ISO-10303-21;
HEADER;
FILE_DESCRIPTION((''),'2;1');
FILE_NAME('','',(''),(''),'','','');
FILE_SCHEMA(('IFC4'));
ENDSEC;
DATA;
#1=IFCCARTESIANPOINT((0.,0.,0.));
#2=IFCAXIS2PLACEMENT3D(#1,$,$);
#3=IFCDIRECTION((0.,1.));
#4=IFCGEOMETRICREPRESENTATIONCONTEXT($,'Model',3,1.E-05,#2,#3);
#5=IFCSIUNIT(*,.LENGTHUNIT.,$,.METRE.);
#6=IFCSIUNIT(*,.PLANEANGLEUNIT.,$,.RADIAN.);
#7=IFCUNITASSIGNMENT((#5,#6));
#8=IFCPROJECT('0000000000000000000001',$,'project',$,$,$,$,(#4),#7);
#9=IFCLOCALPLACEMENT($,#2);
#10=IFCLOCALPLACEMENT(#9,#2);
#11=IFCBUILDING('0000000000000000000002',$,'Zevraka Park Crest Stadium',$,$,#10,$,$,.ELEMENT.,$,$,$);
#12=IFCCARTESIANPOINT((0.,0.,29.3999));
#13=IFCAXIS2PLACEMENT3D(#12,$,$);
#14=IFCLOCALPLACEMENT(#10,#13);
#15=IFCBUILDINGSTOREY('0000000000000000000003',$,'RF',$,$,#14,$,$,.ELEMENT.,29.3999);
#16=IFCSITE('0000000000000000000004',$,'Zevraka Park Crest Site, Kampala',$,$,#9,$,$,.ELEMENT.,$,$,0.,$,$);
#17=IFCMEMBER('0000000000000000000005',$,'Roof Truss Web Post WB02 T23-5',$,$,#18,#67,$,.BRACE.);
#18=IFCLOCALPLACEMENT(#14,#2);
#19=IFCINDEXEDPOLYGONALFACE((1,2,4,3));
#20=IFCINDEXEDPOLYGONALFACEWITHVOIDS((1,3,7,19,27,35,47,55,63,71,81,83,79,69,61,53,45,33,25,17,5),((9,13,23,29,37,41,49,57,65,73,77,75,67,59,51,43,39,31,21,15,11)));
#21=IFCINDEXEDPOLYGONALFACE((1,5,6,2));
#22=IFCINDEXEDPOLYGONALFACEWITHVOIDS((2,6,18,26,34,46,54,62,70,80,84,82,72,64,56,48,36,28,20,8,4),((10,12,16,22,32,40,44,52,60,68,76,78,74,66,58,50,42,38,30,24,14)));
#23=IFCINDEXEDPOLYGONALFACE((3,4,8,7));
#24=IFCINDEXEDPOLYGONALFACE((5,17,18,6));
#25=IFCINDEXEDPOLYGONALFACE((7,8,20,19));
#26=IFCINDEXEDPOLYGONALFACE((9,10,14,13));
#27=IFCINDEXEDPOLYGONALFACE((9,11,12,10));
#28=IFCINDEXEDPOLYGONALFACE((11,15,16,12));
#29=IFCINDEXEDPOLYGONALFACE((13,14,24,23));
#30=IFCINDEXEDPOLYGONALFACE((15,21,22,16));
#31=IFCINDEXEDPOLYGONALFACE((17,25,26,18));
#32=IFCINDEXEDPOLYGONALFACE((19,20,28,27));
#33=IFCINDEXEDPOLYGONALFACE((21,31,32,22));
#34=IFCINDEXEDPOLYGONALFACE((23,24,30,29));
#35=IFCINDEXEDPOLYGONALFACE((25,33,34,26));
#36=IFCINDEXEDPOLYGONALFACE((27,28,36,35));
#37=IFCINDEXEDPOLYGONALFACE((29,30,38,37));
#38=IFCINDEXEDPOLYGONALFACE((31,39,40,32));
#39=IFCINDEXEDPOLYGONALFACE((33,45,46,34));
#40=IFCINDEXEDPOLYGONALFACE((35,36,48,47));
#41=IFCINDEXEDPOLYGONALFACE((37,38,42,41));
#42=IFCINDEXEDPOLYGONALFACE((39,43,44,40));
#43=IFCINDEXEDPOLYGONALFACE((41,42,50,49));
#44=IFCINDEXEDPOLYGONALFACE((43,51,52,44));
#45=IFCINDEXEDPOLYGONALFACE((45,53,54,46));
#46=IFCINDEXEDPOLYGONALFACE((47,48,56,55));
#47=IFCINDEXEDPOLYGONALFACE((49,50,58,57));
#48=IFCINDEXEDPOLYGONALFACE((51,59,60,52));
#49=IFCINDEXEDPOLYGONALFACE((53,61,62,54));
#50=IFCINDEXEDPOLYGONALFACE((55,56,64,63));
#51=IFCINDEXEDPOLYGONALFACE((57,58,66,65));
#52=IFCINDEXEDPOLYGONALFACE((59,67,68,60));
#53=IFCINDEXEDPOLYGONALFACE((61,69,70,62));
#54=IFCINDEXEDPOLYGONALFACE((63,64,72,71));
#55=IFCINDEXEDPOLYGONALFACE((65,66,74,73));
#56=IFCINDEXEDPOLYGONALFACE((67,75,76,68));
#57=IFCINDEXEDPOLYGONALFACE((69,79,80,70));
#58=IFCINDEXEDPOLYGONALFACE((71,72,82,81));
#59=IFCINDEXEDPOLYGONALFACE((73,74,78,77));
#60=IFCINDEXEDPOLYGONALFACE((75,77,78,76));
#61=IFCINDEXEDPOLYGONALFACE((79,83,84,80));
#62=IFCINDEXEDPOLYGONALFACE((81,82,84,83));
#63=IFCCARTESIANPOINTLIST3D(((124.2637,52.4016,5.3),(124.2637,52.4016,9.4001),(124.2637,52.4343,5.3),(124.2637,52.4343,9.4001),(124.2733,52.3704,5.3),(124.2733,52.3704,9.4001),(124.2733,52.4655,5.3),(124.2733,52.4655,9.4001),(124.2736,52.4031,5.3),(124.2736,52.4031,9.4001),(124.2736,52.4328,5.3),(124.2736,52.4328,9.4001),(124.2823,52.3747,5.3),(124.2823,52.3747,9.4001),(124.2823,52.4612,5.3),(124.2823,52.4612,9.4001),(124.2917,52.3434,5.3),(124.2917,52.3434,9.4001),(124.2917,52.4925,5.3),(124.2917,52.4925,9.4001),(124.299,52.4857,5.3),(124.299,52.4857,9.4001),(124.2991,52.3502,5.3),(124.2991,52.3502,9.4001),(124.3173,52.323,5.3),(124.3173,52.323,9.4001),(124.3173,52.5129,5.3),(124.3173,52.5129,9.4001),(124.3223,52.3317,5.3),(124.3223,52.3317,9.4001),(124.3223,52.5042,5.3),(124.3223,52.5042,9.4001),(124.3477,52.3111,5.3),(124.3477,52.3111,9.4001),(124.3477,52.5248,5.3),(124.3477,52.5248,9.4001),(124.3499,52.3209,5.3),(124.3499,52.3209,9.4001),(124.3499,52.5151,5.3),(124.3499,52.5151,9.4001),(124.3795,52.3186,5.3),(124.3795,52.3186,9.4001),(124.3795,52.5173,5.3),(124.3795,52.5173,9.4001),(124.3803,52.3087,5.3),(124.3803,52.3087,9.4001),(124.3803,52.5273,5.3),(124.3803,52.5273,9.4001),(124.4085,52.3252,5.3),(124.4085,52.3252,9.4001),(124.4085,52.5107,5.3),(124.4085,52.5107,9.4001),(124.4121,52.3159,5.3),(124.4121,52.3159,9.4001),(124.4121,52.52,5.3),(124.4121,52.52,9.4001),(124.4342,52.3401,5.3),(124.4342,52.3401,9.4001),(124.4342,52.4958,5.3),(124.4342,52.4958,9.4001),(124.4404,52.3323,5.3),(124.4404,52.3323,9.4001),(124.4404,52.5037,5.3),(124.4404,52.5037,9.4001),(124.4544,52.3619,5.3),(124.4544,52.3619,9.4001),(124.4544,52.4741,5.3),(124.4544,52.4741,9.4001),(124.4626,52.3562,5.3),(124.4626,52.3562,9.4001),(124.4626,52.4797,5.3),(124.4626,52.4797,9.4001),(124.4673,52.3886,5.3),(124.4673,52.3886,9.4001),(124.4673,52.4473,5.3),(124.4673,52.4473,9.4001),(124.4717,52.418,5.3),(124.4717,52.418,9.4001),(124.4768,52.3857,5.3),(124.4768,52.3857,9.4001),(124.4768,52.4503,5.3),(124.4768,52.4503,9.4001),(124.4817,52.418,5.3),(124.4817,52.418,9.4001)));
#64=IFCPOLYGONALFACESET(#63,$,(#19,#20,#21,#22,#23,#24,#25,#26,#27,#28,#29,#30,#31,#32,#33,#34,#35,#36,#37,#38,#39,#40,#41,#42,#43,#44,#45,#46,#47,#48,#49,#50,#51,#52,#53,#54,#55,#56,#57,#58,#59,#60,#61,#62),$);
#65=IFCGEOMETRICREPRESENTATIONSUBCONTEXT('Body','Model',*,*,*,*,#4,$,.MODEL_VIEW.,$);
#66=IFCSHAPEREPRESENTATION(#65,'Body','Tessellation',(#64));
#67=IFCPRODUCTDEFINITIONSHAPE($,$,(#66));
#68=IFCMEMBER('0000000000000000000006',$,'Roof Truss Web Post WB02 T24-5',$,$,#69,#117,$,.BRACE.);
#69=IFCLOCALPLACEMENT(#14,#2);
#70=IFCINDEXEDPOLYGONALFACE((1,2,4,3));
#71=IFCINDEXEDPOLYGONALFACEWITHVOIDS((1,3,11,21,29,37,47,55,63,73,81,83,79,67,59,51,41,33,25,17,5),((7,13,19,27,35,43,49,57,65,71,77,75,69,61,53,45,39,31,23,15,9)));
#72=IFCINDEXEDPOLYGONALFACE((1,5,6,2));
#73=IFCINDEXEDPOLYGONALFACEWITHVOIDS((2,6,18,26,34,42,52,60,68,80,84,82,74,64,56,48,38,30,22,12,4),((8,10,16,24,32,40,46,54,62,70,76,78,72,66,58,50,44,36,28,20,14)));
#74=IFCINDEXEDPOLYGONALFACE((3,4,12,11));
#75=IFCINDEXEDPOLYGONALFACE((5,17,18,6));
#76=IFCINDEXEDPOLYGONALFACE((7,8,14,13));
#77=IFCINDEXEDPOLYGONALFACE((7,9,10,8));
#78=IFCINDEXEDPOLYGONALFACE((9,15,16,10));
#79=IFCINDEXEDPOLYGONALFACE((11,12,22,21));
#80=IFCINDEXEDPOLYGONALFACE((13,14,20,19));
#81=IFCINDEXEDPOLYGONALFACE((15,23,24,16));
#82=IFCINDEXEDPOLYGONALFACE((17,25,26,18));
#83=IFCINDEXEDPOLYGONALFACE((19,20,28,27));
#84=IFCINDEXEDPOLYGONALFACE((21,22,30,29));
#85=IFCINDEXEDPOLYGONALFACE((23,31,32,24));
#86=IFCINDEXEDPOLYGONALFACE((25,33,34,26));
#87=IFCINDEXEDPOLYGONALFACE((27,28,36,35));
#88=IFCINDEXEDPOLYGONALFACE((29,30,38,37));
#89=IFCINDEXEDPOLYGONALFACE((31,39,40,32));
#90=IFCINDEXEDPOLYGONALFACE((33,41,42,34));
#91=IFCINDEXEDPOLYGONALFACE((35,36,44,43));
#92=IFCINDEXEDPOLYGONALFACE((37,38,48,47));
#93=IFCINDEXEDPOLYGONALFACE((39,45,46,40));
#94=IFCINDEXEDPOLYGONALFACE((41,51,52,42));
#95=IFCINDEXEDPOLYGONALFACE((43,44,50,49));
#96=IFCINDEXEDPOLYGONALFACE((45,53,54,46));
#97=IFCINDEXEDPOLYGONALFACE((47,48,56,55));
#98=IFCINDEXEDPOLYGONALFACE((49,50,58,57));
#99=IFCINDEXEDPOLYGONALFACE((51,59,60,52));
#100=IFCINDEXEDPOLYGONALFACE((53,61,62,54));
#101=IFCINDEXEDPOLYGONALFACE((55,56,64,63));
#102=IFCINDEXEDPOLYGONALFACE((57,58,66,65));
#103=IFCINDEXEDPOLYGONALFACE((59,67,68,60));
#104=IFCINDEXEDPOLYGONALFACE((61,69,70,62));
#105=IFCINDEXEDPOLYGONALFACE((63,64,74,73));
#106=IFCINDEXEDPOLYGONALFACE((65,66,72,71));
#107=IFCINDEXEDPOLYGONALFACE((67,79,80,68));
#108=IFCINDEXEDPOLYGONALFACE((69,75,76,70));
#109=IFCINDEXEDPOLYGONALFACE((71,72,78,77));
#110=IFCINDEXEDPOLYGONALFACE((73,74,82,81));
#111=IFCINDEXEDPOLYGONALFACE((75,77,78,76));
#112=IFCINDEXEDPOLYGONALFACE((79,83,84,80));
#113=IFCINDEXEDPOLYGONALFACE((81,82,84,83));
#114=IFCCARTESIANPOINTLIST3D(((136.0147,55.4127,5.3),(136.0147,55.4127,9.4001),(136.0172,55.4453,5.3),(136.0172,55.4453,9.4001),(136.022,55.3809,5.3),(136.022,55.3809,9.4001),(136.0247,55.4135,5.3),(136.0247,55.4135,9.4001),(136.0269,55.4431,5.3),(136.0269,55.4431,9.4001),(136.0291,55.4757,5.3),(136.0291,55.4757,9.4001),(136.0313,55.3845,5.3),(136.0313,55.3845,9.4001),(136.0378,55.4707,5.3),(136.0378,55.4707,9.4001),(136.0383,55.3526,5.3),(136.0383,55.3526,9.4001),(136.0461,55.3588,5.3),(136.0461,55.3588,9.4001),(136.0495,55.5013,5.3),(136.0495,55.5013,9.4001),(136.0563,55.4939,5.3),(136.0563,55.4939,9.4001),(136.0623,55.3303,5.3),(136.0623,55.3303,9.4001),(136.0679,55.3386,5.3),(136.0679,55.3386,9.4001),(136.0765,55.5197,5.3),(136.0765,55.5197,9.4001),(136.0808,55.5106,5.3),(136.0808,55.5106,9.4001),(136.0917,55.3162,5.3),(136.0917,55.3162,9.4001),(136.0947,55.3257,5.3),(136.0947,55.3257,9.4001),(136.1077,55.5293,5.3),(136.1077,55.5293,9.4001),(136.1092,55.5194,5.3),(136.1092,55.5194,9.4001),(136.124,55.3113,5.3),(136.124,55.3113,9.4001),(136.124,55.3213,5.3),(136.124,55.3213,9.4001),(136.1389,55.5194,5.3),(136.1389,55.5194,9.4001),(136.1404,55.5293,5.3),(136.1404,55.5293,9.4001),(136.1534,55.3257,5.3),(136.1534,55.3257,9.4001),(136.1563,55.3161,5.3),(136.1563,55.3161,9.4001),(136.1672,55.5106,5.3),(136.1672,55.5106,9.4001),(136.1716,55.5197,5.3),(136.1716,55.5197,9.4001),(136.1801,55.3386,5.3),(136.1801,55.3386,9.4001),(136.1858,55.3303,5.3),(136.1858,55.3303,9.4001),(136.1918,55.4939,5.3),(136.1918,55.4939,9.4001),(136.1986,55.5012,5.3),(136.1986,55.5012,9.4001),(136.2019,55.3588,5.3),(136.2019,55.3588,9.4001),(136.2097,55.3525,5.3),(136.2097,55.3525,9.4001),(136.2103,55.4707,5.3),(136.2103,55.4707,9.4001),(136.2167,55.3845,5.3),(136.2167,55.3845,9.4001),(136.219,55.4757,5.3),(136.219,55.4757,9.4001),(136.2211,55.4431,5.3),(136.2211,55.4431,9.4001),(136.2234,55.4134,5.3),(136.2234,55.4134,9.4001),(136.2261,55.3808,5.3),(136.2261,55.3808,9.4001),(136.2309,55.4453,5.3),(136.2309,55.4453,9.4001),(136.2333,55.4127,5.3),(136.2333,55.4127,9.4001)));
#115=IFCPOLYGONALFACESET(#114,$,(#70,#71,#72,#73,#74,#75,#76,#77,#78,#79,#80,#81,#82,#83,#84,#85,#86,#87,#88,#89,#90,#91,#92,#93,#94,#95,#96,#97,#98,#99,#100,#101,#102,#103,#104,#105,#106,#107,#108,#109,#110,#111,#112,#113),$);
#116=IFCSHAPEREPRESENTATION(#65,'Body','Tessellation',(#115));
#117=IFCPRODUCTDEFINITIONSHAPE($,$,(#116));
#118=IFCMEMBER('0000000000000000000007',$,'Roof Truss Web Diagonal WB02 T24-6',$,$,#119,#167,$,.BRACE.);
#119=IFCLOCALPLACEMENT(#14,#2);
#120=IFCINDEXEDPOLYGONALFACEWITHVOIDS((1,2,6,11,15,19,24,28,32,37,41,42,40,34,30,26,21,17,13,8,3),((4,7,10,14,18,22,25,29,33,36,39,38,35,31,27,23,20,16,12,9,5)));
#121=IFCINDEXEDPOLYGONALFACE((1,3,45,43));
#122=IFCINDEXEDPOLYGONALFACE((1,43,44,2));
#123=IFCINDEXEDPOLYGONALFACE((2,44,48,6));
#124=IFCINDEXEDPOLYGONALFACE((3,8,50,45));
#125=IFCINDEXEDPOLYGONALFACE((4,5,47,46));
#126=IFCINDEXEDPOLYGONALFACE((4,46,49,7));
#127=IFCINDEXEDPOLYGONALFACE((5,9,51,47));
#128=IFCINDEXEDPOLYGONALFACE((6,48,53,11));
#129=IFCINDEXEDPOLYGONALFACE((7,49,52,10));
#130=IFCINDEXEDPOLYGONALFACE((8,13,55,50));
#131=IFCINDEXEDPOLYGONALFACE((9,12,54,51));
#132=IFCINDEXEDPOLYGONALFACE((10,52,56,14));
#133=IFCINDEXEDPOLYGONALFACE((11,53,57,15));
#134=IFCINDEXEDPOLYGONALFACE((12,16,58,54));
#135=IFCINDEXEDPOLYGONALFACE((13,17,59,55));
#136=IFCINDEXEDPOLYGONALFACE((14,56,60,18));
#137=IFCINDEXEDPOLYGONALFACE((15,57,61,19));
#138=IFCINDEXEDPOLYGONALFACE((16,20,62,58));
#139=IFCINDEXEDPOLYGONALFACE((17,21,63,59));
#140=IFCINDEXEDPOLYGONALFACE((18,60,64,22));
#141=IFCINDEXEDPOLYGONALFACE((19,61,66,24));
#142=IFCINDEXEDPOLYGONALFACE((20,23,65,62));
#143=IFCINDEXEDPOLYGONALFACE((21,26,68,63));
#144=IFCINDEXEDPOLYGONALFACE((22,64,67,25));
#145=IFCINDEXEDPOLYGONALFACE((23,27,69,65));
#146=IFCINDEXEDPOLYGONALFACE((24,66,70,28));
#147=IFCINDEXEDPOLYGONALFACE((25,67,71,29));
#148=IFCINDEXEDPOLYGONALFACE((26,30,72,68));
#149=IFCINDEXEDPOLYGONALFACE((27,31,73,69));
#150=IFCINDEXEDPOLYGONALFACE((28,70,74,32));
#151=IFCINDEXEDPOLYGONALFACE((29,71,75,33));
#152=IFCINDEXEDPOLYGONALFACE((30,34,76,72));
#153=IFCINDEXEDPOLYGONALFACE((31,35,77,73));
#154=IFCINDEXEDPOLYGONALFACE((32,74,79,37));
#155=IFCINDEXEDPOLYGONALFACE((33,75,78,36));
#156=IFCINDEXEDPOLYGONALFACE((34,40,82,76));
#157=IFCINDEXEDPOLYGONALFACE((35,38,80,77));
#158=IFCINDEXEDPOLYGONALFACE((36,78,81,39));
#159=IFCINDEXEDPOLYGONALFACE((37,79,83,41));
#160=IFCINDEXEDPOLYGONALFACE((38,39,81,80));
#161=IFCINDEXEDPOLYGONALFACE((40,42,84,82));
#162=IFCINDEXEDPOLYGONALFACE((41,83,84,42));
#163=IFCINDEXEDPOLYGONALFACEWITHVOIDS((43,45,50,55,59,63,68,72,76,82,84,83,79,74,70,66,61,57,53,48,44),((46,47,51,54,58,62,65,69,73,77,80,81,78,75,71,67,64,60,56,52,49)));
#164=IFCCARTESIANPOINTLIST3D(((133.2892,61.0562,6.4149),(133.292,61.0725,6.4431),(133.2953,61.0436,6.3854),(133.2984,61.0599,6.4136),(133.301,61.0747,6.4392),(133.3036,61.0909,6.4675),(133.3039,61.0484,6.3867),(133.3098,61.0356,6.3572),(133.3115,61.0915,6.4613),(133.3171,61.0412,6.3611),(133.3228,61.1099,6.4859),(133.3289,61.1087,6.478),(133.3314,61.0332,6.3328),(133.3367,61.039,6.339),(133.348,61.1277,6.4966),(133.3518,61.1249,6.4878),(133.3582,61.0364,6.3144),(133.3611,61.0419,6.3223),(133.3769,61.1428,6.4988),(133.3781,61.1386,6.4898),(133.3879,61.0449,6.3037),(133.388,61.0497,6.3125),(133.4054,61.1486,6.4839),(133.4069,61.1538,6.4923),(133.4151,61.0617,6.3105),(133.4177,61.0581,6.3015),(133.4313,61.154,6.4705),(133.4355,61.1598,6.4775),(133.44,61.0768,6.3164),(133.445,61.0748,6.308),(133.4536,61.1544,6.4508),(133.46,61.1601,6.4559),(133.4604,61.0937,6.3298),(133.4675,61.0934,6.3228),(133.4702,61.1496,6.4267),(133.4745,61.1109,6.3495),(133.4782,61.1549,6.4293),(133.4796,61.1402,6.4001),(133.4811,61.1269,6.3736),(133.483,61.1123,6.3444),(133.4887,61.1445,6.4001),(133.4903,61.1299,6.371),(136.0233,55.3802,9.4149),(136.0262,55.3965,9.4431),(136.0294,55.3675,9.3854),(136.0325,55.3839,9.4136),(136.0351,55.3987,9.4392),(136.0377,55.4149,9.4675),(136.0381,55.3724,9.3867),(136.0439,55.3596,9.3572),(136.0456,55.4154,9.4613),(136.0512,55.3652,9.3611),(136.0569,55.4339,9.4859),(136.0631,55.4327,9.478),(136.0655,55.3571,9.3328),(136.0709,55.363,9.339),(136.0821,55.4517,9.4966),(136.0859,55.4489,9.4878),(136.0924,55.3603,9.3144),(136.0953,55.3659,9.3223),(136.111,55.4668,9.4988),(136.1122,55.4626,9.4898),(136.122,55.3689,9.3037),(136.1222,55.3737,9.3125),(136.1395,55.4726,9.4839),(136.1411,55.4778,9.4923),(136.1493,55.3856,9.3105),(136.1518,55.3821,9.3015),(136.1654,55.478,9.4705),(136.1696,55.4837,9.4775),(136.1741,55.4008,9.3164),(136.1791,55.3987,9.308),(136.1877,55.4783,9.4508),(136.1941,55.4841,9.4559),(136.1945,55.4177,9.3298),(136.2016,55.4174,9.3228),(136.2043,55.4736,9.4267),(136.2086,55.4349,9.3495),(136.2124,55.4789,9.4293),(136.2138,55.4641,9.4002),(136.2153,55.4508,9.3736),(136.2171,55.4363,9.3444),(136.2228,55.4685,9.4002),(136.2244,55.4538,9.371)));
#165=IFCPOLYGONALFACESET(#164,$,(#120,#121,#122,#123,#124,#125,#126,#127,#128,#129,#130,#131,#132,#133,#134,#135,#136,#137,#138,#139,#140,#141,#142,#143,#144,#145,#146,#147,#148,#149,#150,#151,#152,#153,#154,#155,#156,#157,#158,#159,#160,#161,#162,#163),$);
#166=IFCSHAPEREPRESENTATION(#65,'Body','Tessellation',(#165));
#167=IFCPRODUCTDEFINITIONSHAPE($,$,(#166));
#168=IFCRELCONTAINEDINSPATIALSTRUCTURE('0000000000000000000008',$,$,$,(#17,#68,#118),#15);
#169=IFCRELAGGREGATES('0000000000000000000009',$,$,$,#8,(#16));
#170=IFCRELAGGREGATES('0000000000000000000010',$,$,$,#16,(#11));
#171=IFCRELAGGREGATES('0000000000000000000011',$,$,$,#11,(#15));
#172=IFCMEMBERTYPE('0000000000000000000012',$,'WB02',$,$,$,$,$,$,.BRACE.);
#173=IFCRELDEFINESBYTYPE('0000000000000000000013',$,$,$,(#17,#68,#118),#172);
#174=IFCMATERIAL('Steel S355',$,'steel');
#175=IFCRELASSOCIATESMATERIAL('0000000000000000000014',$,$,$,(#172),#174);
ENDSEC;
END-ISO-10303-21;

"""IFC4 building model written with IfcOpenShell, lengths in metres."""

from ifc_helpers import new_model, si_unit, direction, frame, origin, origin_2d, place, context, subcontext, project, spatial, hollow_circle, extrude, material, material_profile, profile_set, type_object, element, save


model = new_model("IFC4")

# Units and contexts
model_context = context("Model", 3, precision=1e-05, world=origin(), true_north=direction((0.0, 1.0)))
body_context = subcontext(model_context, "Body", "Model", "MODEL_VIEW")
ifc_project = project(units=[si_unit("LENGTHUNIT", "METRE"), si_unit("PLANEANGLEUNIT", "RADIAN")], contexts=[model_context])

# Site, building, storey
site_placement = place(None, origin())
site = spatial("IfcSite", under=ifc_project, at=site_placement, Name="Zevraka Park Crest Site, Kampala", CompositionType="ELEMENT", RefElevation=0.0)
building_placement = place(site_placement, origin())
building = spatial("IfcBuilding", under=site, at=building_placement, Name="Zevraka Park Crest Stadium", CompositionType="ELEMENT")
storey_placement = place(building_placement, frame((0.0, 0.0, 29.3999)))
storey = spatial("IfcBuildingStorey", under=building, at=storey_placement, Name="RF", CompositionType="ELEMENT", Elevation=29.3999)

# Members
ifc_material_1 = material(Name="Steel S355", Category="steel")
ifc_material_profile_1 = material_profile(ifc_material_1, hollow_circle(Radius=0.1096, WallThickness=0.01, at=origin_2d()), Name="CHS 219.1x10")
ifc_profile_set_1 = profile_set([ifc_material_profile_1], Name="Steel S355")
member_type_1 = type_object("IfcMemberType", Name="WB02", PredefinedType="BRACE", material=ifc_profile_set_1)
for number, where, z_axis, x_axis, name in (
    (1, (124.3721, 52.418, 5.3), (0.0, 0.0, 1.0), (-0.22257, 0.974917, 0.0), "Roof Truss Web Post WB02 T23-5"),
    (2, (136.124, 55.4209, 5.3), (0.0, 0.0, 1.0), (-0.433816, 0.901001, 0.0), "Roof Truss Web Post WB02 T24-5"),
):
    element("IfcMember", number, at=place(storey_placement, frame(where, z_axis=z_axis, x_axis=x_axis)), inside=storey, type_object=member_type_1, Name=name, PredefinedType="BRACE", context=body_context, shape_type="SweptSolid", body=[
        extrude(hollow_circle(Radius=0.1096, WallThickness=0.01, at=origin_2d()), origin(), (0.0, 0.0, 1.0), 4.1001),
    ])
member_1_placement = place(storey_placement, frame((133.3899, 61.0969, 6.4001), z_axis=(0.391821, -0.813415, 0.429922), x_axis=(0.900925, 0.433974, 0.0)))
element("IfcMember", 3, at=member_1_placement, inside=storey, type_object=member_type_1, Name="Roof Truss Web Diagonal WB02 T24-6", PredefinedType="BRACE", context=body_context, shape_type="SweptSolid", body=[
    extrude(hollow_circle(Radius=0.1096, WallThickness=0.01, at=origin_2d()), origin(), (0.0, 0.0, 1.0), 6.978),
])

save(model, "model.ifc")
